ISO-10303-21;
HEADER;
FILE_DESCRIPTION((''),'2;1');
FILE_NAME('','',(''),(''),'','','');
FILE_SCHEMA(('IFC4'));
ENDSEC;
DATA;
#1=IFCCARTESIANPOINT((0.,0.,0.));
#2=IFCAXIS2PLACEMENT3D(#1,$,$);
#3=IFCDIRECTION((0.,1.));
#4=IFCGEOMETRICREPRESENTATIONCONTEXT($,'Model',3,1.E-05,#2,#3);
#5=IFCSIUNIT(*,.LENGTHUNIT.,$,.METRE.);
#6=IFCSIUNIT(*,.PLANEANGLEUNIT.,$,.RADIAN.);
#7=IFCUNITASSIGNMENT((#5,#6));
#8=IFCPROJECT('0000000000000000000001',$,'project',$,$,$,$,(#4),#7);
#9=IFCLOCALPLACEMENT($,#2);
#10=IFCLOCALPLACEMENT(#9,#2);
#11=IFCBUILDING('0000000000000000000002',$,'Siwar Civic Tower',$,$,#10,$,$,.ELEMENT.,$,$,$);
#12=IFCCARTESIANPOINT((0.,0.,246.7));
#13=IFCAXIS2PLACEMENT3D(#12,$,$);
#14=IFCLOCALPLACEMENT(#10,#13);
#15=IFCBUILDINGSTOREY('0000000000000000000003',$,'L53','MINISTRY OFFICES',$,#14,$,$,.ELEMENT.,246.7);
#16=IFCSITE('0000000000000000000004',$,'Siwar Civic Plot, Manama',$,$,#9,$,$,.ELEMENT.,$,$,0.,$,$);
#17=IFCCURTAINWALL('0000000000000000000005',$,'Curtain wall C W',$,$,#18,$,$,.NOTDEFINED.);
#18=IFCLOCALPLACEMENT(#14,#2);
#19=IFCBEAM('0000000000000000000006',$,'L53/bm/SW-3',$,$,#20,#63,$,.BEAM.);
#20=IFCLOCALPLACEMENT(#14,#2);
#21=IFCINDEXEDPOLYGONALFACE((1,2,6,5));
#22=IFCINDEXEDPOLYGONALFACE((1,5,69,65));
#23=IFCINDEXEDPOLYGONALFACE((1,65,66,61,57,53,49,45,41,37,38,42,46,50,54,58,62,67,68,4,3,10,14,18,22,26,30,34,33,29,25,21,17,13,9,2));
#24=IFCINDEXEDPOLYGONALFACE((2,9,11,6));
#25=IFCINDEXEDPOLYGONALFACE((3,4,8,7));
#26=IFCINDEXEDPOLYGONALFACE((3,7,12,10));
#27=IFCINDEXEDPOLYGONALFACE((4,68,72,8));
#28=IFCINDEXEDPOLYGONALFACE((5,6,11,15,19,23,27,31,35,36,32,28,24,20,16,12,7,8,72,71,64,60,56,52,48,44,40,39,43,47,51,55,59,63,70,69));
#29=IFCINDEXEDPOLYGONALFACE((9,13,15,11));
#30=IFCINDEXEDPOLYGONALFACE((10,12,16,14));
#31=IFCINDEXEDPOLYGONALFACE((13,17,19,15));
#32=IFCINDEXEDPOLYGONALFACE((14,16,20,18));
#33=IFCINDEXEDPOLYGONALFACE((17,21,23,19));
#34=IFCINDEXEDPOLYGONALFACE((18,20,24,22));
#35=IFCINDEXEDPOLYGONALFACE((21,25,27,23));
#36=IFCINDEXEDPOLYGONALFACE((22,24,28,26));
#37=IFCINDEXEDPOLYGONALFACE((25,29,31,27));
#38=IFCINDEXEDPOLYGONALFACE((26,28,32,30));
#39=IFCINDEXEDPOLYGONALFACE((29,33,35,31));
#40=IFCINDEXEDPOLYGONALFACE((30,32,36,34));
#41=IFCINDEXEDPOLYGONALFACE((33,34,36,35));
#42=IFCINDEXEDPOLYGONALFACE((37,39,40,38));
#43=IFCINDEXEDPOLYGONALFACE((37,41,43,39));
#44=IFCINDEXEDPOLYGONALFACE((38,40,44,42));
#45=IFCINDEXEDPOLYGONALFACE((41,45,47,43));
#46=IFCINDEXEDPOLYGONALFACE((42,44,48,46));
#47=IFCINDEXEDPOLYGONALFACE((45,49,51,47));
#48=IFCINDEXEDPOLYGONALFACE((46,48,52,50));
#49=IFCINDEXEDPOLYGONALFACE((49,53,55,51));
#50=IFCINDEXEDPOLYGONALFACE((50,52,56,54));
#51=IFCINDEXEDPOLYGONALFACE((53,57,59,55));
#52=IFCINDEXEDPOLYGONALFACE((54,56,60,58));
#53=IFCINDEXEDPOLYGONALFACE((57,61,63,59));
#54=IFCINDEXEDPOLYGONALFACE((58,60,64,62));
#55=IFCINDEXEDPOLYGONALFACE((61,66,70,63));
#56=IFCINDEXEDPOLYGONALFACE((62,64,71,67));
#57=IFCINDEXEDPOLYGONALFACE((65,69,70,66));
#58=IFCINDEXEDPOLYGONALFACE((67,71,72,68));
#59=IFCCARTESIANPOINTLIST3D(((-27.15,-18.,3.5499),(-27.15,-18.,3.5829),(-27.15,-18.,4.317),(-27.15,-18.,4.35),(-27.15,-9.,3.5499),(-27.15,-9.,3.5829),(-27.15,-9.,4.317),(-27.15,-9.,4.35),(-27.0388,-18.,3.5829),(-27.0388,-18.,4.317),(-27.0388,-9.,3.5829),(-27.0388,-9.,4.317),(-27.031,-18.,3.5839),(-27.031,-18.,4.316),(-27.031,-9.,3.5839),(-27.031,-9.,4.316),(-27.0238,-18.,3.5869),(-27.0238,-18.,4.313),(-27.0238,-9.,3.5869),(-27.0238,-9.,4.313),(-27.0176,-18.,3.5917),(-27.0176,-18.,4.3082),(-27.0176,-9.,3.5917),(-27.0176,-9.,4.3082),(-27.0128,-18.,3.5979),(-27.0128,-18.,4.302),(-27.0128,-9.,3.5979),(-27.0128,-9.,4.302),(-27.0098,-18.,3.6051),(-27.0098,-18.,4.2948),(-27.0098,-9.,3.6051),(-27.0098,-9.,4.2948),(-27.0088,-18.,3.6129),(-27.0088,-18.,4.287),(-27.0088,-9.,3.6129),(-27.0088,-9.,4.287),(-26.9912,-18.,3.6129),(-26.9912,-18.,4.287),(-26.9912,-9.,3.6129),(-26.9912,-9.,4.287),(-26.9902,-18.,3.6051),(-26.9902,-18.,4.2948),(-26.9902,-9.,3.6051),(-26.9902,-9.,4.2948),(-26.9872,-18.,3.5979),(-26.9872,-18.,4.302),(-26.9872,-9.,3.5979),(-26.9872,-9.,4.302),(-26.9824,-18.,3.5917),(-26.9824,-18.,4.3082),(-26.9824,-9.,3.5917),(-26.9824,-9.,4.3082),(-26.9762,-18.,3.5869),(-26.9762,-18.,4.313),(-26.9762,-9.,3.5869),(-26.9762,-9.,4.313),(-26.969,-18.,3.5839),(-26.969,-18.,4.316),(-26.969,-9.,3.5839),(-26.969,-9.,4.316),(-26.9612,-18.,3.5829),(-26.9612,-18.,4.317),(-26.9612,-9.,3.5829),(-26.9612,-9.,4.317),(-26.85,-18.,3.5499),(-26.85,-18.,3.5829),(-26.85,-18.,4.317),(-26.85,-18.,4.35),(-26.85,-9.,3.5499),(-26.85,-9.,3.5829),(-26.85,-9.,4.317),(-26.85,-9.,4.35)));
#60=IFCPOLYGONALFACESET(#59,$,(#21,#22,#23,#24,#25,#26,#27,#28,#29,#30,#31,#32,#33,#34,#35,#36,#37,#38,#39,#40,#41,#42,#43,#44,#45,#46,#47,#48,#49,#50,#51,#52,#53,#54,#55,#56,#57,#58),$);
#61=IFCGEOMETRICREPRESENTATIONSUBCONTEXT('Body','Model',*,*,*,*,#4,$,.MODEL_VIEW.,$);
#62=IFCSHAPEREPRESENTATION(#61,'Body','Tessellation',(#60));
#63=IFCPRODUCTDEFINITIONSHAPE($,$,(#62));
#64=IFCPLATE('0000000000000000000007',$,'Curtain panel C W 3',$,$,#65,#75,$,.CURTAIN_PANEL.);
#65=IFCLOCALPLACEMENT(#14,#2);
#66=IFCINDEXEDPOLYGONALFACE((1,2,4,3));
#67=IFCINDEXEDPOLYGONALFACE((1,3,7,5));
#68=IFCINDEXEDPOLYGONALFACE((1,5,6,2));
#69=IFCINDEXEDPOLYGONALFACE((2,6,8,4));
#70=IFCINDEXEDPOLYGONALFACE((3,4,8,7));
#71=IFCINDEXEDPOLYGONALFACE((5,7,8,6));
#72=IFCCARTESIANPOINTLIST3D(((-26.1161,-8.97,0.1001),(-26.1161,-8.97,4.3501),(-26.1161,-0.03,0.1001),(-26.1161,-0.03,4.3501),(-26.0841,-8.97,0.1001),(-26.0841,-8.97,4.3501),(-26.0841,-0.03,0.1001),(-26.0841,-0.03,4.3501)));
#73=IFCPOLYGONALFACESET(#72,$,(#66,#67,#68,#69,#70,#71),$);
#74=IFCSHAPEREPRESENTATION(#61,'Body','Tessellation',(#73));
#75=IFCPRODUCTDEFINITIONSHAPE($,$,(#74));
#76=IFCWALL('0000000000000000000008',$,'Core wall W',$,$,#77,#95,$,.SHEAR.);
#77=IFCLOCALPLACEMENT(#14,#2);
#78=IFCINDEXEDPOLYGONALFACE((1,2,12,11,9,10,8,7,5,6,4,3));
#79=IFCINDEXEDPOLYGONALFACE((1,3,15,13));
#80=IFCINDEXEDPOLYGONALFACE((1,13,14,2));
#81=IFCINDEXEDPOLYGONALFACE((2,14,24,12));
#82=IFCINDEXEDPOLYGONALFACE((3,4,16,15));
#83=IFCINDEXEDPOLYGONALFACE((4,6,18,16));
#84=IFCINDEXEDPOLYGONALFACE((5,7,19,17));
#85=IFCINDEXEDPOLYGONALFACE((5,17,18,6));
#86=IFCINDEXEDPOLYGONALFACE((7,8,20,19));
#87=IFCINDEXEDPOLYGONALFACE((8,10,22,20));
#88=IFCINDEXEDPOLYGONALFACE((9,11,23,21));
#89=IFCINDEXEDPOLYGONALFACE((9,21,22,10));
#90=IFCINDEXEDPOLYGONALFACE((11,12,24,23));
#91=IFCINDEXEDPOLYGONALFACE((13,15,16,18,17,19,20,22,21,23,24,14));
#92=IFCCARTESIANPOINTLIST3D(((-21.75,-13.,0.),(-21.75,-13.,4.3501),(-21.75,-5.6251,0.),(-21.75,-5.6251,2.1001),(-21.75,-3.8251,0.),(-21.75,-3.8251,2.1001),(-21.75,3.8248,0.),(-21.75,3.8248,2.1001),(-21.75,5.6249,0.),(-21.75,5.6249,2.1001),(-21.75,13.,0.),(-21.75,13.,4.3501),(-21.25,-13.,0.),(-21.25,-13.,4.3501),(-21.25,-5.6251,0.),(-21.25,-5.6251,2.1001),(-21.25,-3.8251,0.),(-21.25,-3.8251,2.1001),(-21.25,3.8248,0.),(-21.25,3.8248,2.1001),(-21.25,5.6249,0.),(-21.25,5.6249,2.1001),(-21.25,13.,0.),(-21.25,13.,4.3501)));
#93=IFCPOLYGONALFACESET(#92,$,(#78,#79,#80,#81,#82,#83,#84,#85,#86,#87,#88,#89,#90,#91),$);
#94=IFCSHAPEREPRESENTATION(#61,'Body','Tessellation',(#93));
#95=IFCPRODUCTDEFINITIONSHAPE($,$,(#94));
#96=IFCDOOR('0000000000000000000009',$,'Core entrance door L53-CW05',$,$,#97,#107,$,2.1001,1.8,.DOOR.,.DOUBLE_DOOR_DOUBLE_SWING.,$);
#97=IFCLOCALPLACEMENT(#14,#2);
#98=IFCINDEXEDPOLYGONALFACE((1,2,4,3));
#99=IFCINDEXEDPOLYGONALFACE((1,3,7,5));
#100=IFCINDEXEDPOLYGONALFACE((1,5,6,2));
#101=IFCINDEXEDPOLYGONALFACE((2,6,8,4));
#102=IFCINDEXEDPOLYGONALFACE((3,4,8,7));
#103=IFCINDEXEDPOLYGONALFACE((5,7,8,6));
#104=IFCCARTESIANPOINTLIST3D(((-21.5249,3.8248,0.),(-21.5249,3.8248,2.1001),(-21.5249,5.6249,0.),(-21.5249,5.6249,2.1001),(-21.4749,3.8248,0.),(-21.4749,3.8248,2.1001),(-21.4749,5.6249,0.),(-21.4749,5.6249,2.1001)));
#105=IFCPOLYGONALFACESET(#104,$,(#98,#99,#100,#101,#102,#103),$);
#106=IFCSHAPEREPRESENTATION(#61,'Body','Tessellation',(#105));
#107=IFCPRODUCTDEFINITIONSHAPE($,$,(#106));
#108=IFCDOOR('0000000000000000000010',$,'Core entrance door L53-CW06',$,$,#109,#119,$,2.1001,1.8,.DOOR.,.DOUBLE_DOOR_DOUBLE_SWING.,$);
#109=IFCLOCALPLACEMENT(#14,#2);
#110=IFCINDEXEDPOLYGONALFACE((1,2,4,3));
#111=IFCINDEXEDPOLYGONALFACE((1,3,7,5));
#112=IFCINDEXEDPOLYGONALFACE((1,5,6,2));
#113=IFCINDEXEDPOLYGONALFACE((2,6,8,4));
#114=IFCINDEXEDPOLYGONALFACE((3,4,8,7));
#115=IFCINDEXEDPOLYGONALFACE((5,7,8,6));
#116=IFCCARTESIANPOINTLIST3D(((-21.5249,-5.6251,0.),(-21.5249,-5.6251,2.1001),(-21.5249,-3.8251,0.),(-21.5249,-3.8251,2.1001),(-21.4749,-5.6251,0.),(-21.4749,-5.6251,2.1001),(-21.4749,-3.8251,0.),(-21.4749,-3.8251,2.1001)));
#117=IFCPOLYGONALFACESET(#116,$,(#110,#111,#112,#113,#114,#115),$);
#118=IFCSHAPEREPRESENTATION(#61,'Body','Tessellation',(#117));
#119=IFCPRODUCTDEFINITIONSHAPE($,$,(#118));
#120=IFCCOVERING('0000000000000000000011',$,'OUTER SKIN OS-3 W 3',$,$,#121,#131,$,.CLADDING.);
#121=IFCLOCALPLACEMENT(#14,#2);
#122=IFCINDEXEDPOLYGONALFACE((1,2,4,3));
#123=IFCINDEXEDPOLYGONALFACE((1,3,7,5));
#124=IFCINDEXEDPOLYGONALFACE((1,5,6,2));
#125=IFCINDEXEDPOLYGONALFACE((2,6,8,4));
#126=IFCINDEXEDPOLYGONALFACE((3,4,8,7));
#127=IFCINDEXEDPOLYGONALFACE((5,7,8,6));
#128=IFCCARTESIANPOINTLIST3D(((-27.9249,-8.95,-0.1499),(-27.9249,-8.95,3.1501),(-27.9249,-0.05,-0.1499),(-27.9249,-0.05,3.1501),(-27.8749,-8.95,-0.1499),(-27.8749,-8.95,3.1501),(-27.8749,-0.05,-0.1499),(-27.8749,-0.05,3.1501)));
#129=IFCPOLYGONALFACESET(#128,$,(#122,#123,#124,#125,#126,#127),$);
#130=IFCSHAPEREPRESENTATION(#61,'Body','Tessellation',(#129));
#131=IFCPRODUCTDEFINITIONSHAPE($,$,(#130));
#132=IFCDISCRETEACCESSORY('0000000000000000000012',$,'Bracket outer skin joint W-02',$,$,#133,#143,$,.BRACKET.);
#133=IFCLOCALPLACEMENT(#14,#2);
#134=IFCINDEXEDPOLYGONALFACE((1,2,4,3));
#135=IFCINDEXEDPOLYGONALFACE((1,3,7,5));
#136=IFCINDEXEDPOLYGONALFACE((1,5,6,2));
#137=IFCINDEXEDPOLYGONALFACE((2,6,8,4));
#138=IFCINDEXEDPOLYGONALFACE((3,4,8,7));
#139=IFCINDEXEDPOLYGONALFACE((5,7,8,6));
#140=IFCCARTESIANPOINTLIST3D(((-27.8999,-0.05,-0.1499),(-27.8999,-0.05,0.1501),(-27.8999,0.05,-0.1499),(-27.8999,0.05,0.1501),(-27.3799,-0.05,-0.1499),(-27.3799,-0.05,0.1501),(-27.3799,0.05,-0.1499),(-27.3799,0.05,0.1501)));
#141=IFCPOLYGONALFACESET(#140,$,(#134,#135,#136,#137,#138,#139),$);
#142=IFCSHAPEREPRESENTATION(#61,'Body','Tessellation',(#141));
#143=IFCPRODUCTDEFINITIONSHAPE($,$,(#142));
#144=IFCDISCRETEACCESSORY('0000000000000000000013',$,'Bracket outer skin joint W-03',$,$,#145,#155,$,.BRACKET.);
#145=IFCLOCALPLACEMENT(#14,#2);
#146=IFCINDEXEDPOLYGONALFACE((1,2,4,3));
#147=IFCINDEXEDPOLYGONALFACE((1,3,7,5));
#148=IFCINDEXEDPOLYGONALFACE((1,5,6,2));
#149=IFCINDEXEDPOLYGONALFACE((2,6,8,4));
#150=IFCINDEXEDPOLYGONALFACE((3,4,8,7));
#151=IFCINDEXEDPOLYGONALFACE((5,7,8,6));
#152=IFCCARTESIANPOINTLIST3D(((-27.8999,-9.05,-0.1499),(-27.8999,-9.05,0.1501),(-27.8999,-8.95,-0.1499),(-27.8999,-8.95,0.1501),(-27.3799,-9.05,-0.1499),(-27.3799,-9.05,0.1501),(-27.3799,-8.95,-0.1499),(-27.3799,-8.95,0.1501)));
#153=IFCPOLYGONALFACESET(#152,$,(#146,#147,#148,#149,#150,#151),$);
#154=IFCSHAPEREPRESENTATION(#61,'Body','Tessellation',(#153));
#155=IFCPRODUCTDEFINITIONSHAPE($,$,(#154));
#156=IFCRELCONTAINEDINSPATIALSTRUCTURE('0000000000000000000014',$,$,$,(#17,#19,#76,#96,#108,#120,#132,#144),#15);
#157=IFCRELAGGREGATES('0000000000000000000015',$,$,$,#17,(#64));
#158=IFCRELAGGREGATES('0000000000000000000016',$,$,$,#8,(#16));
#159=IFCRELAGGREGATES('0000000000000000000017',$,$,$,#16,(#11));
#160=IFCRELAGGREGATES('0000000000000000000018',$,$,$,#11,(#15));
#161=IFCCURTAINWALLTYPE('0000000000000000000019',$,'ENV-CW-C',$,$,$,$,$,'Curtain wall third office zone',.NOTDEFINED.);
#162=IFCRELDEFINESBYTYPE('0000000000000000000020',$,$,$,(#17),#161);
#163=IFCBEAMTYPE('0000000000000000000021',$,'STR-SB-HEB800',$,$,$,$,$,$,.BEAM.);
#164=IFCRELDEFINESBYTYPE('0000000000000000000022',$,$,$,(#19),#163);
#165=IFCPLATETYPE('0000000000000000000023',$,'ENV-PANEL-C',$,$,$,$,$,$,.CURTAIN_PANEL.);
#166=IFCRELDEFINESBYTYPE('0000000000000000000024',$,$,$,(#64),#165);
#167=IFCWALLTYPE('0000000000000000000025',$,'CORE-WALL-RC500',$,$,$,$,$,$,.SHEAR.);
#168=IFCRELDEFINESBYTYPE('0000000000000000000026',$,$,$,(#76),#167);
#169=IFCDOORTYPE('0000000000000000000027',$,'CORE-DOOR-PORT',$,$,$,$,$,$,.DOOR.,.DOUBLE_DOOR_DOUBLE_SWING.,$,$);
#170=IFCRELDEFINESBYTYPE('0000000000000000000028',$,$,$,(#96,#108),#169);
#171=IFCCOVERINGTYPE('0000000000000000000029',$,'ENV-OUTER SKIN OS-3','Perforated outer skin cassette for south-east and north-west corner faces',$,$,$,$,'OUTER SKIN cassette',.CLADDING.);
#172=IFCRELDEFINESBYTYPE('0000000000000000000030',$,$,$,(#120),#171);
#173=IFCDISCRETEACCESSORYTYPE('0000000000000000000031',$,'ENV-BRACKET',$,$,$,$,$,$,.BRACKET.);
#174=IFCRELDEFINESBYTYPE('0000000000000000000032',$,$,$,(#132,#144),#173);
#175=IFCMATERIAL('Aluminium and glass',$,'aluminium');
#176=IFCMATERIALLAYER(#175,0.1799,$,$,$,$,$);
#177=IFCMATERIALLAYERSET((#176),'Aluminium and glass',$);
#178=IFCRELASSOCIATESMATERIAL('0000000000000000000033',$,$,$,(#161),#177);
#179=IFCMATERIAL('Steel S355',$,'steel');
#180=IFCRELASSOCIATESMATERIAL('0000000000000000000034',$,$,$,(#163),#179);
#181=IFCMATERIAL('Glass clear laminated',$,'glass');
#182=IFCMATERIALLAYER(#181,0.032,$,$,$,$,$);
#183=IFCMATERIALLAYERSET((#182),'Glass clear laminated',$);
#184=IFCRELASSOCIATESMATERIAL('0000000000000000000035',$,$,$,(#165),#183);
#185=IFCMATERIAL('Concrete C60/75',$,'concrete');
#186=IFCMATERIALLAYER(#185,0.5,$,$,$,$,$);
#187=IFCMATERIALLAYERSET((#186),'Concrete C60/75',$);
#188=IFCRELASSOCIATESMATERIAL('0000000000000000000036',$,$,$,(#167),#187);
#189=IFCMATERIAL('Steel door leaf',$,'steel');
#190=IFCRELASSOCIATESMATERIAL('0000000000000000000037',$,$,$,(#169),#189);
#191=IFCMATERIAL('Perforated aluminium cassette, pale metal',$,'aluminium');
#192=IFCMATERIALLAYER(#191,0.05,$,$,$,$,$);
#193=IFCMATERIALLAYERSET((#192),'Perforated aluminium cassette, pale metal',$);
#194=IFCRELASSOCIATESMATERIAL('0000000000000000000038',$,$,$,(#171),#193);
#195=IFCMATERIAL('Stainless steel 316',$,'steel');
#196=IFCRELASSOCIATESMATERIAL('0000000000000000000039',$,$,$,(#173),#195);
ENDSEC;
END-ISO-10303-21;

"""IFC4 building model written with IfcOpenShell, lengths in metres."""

from ifc_helpers import new_model, si_unit, direction, frame, frame_2d, origin, origin_2d, place, context, subcontext, project, spatial, rectangle, i_section, extrude, material, layer, layer_set, material_profile, profile_set, type_object, element, fill, aggregate, save


model = new_model("IFC4")

# Units and contexts
model_context = context("Model", 3, precision=1e-05, world=origin(), true_north=direction((0.0, 1.0)))
body_context = subcontext(model_context, "Body", "Model", "MODEL_VIEW")
ifc_project = project(units=[si_unit("LENGTHUNIT", "METRE"), si_unit("PLANEANGLEUNIT", "RADIAN")], contexts=[model_context])

# Site, building, storey
site_placement = place(None, origin())
site = spatial("IfcSite", under=ifc_project, at=site_placement, Name="Siwar Civic Plot, Manama", CompositionType="ELEMENT", RefElevation=0.0)
building_placement = place(site_placement, origin())
building = spatial("IfcBuilding", under=site, at=building_placement, Name="Siwar Civic Tower", CompositionType="ELEMENT")
storey_placement = place(building_placement, frame((0.0, 0.0, 246.7)))
storey = spatial("IfcBuildingStorey", under=building, at=storey_placement, Name="L53", Description="MINISTRY OFFICES", CompositionType="ELEMENT", Elevation=246.7)

# Curtain wall
ifc_material_1 = material(Name="Aluminium and glass", Category="aluminium")
ifc_layer_1 = layer(ifc_material_1, 0.1799)
ifc_layer_set_1 = layer_set([ifc_layer_1], Name="Aluminium and glass")
curtain_wall_type = type_object("IfcCurtainWallType", Name="ENV-CW-C", ElementType="Curtain wall third office zone", PredefinedType="NOTDEFINED", material=ifc_layer_set_1)
curtain_wall_placement = place(storey_placement, origin())
curtain_wall = element("IfcCurtainWall", 1, at=curtain_wall_placement, inside=storey, type_object=curtain_wall_type, Name="Curtain wall C W", PredefinedType="NOTDEFINED")

# Beam
ifc_material_2 = material(Name="Steel S355", Category="steel")
ifc_material_profile_1 = material_profile(ifc_material_2, i_section(OverallWidth=0.3, OverallDepth=0.8, WebThickness=0.0176, FlangeThickness=0.033, FilletRadius=0.03, at=origin_2d()), Name="HEB800")
ifc_profile_set_1 = profile_set([ifc_material_profile_1], Name="Steel S355")
beam_type_1 = type_object("IfcBeamType", Name="STR-SB-HEB800", PredefinedType="BEAM", material=ifc_profile_set_1)
beam_placement = place(storey_placement, frame((-27.0, -9.0, 3.95), z_axis=(0.0, -1.0, 0.0), x_axis=(1.0, 0.0, 0.0)))
element("IfcBeam", 2, at=beam_placement, inside=storey, type_object=beam_type_1, Name="L53/bm/SW-3", PredefinedType="BEAM", context=body_context, shape_type="SweptSolid", body=[
    extrude(i_section(OverallWidth=0.3, OverallDepth=0.8, WebThickness=0.0176, FlangeThickness=0.033, FilletRadius=0.03, at=origin_2d()), origin(), (0.0, 0.0, 1.0), 9.0),
])

# Plate
ifc_material_3 = material(Name="Glass clear laminated", Category="glass")
ifc_layer_2 = layer(ifc_material_3, 0.032)
ifc_layer_set_2 = layer_set([ifc_layer_2], Name="Glass clear laminated")
plate_type = type_object("IfcPlateType", Name="ENV-PANEL-C", PredefinedType="CURTAIN_PANEL", material=ifc_layer_set_2)
plate_placement = place(storey_placement, frame((-26.1001, -4.5, 0.1001), z_axis=(0.0, 0.0, 1.0), x_axis=(0.0, -1.0, 0.0)))
plate = element("IfcPlate", 3, at=plate_placement, type_object=plate_type, Name="Curtain panel C W 3", PredefinedType="CURTAIN_PANEL", context=body_context, shape_type="SweptSolid", body=[
    extrude(rectangle(XDim=8.9399, YDim=0.032, at=origin_2d()), origin(), (0.0, 0.0, 1.0), 4.25),
])
aggregate(curtain_wall, [plate])

# Wall, openings, doors
ifc_material_4 = material(Name="Concrete C60/75", Category="concrete")
ifc_layer_3 = layer(ifc_material_4, 0.5)
ifc_layer_set_3 = layer_set([ifc_layer_3], Name="Concrete C60/75")
wall_type = type_object("IfcWallType", Name="CORE-WALL-RC500", PredefinedType="SHEAR", material=ifc_layer_set_3)
wall_placement = place(storey_placement, frame((-21.5, -13.0, 0.0), z_axis=(0.0, 0.0, 1.0), x_axis=(0.0, 1.0, 0.0)))
wall = element("IfcWall", 4, at=wall_placement, inside=storey, type_object=wall_type, Name="Core wall W", PredefinedType="SHEAR", context=body_context, shape_type="SweptSolid", body=[
    extrude(rectangle(XDim=26.0, YDim=0.5, at=frame_2d((13.0, 0.0))), origin(), (0.0, 0.0, 1.0), 4.3501),
])
opening_1_placement = place(wall_placement, frame((16.825, 0.0, 0.0)))
opening_1 = element("IfcOpeningElement", 5, at=opening_1_placement, cuts=wall, PredefinedType="OPENING", context=body_context, shape_type="SweptSolid", body=[
    extrude(rectangle(XDim=1.8, YDim=2.1001, at=frame_2d((0.8999, 1.05))), frame((0.0, 0.26, 0.0), z_axis=(0.0, -1.0, 0.0), x_axis=(1.0, 0.0, 0.0)), (0.0, 0.0, 1.0), 0.52),
])
opening_2_placement = place(wall_placement, frame((7.375, 0.0, 0.0)))
opening_2 = element("IfcOpeningElement", 6, at=opening_2_placement, cuts=wall, PredefinedType="OPENING", context=body_context, shape_type="SweptSolid", body=[
    extrude(rectangle(XDim=1.8, YDim=2.1001, at=frame_2d((0.8999, 1.05))), frame((0.0, 0.26, 0.0), z_axis=(0.0, -1.0, 0.0), x_axis=(1.0, 0.0, 0.0)), (0.0, 0.0, 1.0), 0.52),
])
ifc_material_5 = material(Name="Steel door leaf", Category="steel")
door_type = type_object("IfcDoorType", Name="CORE-DOOR-PORT", OperationType="DOUBLE_DOOR_DOUBLE_SWING", PredefinedType="DOOR", material=ifc_material_5)
door_1_placement = place(opening_1_placement, origin())
door_1 = element("IfcDoor", 7, at=door_1_placement, inside=storey, type_object=door_type, Name="Core entrance door L53-CW05", OperationType="DOUBLE_DOOR_DOUBLE_SWING", OverallHeight=2.1001, OverallWidth=1.8, PredefinedType="DOOR", context=body_context, shape_type="SweptSolid", body=[
    extrude(rectangle(XDim=1.8, YDim=2.1001, at=frame_2d((0.8999, 1.05))), frame((0.0, 0.0249, 0.0), z_axis=(0.0, -1.0, 0.0), x_axis=(1.0, 0.0, 0.0)), (0.0, 0.0, 1.0), 0.05),
])
fill(opening_1, door_1)
door_2_placement = place(opening_2_placement, origin())
door_2 = element("IfcDoor", 8, at=door_2_placement, inside=storey, type_object=door_type, Name="Core entrance door L53-CW06", OperationType="DOUBLE_DOOR_DOUBLE_SWING", OverallHeight=2.1001, OverallWidth=1.8, PredefinedType="DOOR", context=body_context, shape_type="SweptSolid", body=[
    extrude(rectangle(XDim=1.8, YDim=2.1001, at=frame_2d((0.8999, 1.05))), frame((0.0, 0.0249, 0.0), z_axis=(0.0, -1.0, 0.0), x_axis=(1.0, 0.0, 0.0)), (0.0, 0.0, 1.0), 0.05),
])
fill(opening_2, door_2)

# Covering
ifc_material_6 = material(Name="Perforated aluminium cassette, pale metal", Category="aluminium")
ifc_layer_4 = layer(ifc_material_6, 0.05)
ifc_layer_set_4 = layer_set([ifc_layer_4], Name="Perforated aluminium cassette, pale metal")
covering_type = type_object("IfcCoveringType", Name="ENV-OUTER SKIN OS-3", Description="Perforated outer skin cassette for south-east and north-west corner faces", ElementType="OUTER SKIN cassette", PredefinedType="CLADDING", material=ifc_layer_set_4)
covering_placement = place(storey_placement, frame((-27.8999, -4.5, -0.1499), z_axis=(0.0, 0.0, 1.0), x_axis=(0.0, -1.0, 0.0)))
element("IfcCovering", 9, at=covering_placement, inside=storey, type_object=covering_type, Name="OUTER SKIN OS-3 W 3", PredefinedType="CLADDING", context=body_context, shape_type="SweptSolid", body=[
    extrude(rectangle(XDim=8.8999, YDim=0.05, at=origin_2d()), origin(), (0.0, 0.0, 1.0), 3.3),
])

# Discrete accessories
ifc_material_7 = material(Name="Stainless steel 316", Category="steel")
discrete_accessory_type = type_object("IfcDiscreteAccessoryType", Name="ENV-BRACKET", PredefinedType="BRACKET", material=ifc_material_7)
for number, where, z_axis, x_axis, name in (
    (10, (-27.6399, 0.0, -0.1499), (0.0, 0.0, 1.0), (-1.0, 0.0, 0.0), "Bracket outer skin joint W-02"),
    (11, (-27.6399, -9.0, -0.1499), (0.0, 0.0, 1.0), (-1.0, 0.0, 0.0), "Bracket outer skin joint W-03"),
):
    element("IfcDiscreteAccessory", number, at=place(storey_placement, frame(where, z_axis=z_axis, x_axis=x_axis)), inside=storey, type_object=discrete_accessory_type, Name=name, PredefinedType="BRACKET", context=body_context, shape_type="SweptSolid", body=[
        extrude(rectangle(XDim=0.52, YDim=0.1001, at=origin_2d()), origin(), (0.0, 0.0, 1.0), 0.3),
    ])

save(model, "model.ifc")
